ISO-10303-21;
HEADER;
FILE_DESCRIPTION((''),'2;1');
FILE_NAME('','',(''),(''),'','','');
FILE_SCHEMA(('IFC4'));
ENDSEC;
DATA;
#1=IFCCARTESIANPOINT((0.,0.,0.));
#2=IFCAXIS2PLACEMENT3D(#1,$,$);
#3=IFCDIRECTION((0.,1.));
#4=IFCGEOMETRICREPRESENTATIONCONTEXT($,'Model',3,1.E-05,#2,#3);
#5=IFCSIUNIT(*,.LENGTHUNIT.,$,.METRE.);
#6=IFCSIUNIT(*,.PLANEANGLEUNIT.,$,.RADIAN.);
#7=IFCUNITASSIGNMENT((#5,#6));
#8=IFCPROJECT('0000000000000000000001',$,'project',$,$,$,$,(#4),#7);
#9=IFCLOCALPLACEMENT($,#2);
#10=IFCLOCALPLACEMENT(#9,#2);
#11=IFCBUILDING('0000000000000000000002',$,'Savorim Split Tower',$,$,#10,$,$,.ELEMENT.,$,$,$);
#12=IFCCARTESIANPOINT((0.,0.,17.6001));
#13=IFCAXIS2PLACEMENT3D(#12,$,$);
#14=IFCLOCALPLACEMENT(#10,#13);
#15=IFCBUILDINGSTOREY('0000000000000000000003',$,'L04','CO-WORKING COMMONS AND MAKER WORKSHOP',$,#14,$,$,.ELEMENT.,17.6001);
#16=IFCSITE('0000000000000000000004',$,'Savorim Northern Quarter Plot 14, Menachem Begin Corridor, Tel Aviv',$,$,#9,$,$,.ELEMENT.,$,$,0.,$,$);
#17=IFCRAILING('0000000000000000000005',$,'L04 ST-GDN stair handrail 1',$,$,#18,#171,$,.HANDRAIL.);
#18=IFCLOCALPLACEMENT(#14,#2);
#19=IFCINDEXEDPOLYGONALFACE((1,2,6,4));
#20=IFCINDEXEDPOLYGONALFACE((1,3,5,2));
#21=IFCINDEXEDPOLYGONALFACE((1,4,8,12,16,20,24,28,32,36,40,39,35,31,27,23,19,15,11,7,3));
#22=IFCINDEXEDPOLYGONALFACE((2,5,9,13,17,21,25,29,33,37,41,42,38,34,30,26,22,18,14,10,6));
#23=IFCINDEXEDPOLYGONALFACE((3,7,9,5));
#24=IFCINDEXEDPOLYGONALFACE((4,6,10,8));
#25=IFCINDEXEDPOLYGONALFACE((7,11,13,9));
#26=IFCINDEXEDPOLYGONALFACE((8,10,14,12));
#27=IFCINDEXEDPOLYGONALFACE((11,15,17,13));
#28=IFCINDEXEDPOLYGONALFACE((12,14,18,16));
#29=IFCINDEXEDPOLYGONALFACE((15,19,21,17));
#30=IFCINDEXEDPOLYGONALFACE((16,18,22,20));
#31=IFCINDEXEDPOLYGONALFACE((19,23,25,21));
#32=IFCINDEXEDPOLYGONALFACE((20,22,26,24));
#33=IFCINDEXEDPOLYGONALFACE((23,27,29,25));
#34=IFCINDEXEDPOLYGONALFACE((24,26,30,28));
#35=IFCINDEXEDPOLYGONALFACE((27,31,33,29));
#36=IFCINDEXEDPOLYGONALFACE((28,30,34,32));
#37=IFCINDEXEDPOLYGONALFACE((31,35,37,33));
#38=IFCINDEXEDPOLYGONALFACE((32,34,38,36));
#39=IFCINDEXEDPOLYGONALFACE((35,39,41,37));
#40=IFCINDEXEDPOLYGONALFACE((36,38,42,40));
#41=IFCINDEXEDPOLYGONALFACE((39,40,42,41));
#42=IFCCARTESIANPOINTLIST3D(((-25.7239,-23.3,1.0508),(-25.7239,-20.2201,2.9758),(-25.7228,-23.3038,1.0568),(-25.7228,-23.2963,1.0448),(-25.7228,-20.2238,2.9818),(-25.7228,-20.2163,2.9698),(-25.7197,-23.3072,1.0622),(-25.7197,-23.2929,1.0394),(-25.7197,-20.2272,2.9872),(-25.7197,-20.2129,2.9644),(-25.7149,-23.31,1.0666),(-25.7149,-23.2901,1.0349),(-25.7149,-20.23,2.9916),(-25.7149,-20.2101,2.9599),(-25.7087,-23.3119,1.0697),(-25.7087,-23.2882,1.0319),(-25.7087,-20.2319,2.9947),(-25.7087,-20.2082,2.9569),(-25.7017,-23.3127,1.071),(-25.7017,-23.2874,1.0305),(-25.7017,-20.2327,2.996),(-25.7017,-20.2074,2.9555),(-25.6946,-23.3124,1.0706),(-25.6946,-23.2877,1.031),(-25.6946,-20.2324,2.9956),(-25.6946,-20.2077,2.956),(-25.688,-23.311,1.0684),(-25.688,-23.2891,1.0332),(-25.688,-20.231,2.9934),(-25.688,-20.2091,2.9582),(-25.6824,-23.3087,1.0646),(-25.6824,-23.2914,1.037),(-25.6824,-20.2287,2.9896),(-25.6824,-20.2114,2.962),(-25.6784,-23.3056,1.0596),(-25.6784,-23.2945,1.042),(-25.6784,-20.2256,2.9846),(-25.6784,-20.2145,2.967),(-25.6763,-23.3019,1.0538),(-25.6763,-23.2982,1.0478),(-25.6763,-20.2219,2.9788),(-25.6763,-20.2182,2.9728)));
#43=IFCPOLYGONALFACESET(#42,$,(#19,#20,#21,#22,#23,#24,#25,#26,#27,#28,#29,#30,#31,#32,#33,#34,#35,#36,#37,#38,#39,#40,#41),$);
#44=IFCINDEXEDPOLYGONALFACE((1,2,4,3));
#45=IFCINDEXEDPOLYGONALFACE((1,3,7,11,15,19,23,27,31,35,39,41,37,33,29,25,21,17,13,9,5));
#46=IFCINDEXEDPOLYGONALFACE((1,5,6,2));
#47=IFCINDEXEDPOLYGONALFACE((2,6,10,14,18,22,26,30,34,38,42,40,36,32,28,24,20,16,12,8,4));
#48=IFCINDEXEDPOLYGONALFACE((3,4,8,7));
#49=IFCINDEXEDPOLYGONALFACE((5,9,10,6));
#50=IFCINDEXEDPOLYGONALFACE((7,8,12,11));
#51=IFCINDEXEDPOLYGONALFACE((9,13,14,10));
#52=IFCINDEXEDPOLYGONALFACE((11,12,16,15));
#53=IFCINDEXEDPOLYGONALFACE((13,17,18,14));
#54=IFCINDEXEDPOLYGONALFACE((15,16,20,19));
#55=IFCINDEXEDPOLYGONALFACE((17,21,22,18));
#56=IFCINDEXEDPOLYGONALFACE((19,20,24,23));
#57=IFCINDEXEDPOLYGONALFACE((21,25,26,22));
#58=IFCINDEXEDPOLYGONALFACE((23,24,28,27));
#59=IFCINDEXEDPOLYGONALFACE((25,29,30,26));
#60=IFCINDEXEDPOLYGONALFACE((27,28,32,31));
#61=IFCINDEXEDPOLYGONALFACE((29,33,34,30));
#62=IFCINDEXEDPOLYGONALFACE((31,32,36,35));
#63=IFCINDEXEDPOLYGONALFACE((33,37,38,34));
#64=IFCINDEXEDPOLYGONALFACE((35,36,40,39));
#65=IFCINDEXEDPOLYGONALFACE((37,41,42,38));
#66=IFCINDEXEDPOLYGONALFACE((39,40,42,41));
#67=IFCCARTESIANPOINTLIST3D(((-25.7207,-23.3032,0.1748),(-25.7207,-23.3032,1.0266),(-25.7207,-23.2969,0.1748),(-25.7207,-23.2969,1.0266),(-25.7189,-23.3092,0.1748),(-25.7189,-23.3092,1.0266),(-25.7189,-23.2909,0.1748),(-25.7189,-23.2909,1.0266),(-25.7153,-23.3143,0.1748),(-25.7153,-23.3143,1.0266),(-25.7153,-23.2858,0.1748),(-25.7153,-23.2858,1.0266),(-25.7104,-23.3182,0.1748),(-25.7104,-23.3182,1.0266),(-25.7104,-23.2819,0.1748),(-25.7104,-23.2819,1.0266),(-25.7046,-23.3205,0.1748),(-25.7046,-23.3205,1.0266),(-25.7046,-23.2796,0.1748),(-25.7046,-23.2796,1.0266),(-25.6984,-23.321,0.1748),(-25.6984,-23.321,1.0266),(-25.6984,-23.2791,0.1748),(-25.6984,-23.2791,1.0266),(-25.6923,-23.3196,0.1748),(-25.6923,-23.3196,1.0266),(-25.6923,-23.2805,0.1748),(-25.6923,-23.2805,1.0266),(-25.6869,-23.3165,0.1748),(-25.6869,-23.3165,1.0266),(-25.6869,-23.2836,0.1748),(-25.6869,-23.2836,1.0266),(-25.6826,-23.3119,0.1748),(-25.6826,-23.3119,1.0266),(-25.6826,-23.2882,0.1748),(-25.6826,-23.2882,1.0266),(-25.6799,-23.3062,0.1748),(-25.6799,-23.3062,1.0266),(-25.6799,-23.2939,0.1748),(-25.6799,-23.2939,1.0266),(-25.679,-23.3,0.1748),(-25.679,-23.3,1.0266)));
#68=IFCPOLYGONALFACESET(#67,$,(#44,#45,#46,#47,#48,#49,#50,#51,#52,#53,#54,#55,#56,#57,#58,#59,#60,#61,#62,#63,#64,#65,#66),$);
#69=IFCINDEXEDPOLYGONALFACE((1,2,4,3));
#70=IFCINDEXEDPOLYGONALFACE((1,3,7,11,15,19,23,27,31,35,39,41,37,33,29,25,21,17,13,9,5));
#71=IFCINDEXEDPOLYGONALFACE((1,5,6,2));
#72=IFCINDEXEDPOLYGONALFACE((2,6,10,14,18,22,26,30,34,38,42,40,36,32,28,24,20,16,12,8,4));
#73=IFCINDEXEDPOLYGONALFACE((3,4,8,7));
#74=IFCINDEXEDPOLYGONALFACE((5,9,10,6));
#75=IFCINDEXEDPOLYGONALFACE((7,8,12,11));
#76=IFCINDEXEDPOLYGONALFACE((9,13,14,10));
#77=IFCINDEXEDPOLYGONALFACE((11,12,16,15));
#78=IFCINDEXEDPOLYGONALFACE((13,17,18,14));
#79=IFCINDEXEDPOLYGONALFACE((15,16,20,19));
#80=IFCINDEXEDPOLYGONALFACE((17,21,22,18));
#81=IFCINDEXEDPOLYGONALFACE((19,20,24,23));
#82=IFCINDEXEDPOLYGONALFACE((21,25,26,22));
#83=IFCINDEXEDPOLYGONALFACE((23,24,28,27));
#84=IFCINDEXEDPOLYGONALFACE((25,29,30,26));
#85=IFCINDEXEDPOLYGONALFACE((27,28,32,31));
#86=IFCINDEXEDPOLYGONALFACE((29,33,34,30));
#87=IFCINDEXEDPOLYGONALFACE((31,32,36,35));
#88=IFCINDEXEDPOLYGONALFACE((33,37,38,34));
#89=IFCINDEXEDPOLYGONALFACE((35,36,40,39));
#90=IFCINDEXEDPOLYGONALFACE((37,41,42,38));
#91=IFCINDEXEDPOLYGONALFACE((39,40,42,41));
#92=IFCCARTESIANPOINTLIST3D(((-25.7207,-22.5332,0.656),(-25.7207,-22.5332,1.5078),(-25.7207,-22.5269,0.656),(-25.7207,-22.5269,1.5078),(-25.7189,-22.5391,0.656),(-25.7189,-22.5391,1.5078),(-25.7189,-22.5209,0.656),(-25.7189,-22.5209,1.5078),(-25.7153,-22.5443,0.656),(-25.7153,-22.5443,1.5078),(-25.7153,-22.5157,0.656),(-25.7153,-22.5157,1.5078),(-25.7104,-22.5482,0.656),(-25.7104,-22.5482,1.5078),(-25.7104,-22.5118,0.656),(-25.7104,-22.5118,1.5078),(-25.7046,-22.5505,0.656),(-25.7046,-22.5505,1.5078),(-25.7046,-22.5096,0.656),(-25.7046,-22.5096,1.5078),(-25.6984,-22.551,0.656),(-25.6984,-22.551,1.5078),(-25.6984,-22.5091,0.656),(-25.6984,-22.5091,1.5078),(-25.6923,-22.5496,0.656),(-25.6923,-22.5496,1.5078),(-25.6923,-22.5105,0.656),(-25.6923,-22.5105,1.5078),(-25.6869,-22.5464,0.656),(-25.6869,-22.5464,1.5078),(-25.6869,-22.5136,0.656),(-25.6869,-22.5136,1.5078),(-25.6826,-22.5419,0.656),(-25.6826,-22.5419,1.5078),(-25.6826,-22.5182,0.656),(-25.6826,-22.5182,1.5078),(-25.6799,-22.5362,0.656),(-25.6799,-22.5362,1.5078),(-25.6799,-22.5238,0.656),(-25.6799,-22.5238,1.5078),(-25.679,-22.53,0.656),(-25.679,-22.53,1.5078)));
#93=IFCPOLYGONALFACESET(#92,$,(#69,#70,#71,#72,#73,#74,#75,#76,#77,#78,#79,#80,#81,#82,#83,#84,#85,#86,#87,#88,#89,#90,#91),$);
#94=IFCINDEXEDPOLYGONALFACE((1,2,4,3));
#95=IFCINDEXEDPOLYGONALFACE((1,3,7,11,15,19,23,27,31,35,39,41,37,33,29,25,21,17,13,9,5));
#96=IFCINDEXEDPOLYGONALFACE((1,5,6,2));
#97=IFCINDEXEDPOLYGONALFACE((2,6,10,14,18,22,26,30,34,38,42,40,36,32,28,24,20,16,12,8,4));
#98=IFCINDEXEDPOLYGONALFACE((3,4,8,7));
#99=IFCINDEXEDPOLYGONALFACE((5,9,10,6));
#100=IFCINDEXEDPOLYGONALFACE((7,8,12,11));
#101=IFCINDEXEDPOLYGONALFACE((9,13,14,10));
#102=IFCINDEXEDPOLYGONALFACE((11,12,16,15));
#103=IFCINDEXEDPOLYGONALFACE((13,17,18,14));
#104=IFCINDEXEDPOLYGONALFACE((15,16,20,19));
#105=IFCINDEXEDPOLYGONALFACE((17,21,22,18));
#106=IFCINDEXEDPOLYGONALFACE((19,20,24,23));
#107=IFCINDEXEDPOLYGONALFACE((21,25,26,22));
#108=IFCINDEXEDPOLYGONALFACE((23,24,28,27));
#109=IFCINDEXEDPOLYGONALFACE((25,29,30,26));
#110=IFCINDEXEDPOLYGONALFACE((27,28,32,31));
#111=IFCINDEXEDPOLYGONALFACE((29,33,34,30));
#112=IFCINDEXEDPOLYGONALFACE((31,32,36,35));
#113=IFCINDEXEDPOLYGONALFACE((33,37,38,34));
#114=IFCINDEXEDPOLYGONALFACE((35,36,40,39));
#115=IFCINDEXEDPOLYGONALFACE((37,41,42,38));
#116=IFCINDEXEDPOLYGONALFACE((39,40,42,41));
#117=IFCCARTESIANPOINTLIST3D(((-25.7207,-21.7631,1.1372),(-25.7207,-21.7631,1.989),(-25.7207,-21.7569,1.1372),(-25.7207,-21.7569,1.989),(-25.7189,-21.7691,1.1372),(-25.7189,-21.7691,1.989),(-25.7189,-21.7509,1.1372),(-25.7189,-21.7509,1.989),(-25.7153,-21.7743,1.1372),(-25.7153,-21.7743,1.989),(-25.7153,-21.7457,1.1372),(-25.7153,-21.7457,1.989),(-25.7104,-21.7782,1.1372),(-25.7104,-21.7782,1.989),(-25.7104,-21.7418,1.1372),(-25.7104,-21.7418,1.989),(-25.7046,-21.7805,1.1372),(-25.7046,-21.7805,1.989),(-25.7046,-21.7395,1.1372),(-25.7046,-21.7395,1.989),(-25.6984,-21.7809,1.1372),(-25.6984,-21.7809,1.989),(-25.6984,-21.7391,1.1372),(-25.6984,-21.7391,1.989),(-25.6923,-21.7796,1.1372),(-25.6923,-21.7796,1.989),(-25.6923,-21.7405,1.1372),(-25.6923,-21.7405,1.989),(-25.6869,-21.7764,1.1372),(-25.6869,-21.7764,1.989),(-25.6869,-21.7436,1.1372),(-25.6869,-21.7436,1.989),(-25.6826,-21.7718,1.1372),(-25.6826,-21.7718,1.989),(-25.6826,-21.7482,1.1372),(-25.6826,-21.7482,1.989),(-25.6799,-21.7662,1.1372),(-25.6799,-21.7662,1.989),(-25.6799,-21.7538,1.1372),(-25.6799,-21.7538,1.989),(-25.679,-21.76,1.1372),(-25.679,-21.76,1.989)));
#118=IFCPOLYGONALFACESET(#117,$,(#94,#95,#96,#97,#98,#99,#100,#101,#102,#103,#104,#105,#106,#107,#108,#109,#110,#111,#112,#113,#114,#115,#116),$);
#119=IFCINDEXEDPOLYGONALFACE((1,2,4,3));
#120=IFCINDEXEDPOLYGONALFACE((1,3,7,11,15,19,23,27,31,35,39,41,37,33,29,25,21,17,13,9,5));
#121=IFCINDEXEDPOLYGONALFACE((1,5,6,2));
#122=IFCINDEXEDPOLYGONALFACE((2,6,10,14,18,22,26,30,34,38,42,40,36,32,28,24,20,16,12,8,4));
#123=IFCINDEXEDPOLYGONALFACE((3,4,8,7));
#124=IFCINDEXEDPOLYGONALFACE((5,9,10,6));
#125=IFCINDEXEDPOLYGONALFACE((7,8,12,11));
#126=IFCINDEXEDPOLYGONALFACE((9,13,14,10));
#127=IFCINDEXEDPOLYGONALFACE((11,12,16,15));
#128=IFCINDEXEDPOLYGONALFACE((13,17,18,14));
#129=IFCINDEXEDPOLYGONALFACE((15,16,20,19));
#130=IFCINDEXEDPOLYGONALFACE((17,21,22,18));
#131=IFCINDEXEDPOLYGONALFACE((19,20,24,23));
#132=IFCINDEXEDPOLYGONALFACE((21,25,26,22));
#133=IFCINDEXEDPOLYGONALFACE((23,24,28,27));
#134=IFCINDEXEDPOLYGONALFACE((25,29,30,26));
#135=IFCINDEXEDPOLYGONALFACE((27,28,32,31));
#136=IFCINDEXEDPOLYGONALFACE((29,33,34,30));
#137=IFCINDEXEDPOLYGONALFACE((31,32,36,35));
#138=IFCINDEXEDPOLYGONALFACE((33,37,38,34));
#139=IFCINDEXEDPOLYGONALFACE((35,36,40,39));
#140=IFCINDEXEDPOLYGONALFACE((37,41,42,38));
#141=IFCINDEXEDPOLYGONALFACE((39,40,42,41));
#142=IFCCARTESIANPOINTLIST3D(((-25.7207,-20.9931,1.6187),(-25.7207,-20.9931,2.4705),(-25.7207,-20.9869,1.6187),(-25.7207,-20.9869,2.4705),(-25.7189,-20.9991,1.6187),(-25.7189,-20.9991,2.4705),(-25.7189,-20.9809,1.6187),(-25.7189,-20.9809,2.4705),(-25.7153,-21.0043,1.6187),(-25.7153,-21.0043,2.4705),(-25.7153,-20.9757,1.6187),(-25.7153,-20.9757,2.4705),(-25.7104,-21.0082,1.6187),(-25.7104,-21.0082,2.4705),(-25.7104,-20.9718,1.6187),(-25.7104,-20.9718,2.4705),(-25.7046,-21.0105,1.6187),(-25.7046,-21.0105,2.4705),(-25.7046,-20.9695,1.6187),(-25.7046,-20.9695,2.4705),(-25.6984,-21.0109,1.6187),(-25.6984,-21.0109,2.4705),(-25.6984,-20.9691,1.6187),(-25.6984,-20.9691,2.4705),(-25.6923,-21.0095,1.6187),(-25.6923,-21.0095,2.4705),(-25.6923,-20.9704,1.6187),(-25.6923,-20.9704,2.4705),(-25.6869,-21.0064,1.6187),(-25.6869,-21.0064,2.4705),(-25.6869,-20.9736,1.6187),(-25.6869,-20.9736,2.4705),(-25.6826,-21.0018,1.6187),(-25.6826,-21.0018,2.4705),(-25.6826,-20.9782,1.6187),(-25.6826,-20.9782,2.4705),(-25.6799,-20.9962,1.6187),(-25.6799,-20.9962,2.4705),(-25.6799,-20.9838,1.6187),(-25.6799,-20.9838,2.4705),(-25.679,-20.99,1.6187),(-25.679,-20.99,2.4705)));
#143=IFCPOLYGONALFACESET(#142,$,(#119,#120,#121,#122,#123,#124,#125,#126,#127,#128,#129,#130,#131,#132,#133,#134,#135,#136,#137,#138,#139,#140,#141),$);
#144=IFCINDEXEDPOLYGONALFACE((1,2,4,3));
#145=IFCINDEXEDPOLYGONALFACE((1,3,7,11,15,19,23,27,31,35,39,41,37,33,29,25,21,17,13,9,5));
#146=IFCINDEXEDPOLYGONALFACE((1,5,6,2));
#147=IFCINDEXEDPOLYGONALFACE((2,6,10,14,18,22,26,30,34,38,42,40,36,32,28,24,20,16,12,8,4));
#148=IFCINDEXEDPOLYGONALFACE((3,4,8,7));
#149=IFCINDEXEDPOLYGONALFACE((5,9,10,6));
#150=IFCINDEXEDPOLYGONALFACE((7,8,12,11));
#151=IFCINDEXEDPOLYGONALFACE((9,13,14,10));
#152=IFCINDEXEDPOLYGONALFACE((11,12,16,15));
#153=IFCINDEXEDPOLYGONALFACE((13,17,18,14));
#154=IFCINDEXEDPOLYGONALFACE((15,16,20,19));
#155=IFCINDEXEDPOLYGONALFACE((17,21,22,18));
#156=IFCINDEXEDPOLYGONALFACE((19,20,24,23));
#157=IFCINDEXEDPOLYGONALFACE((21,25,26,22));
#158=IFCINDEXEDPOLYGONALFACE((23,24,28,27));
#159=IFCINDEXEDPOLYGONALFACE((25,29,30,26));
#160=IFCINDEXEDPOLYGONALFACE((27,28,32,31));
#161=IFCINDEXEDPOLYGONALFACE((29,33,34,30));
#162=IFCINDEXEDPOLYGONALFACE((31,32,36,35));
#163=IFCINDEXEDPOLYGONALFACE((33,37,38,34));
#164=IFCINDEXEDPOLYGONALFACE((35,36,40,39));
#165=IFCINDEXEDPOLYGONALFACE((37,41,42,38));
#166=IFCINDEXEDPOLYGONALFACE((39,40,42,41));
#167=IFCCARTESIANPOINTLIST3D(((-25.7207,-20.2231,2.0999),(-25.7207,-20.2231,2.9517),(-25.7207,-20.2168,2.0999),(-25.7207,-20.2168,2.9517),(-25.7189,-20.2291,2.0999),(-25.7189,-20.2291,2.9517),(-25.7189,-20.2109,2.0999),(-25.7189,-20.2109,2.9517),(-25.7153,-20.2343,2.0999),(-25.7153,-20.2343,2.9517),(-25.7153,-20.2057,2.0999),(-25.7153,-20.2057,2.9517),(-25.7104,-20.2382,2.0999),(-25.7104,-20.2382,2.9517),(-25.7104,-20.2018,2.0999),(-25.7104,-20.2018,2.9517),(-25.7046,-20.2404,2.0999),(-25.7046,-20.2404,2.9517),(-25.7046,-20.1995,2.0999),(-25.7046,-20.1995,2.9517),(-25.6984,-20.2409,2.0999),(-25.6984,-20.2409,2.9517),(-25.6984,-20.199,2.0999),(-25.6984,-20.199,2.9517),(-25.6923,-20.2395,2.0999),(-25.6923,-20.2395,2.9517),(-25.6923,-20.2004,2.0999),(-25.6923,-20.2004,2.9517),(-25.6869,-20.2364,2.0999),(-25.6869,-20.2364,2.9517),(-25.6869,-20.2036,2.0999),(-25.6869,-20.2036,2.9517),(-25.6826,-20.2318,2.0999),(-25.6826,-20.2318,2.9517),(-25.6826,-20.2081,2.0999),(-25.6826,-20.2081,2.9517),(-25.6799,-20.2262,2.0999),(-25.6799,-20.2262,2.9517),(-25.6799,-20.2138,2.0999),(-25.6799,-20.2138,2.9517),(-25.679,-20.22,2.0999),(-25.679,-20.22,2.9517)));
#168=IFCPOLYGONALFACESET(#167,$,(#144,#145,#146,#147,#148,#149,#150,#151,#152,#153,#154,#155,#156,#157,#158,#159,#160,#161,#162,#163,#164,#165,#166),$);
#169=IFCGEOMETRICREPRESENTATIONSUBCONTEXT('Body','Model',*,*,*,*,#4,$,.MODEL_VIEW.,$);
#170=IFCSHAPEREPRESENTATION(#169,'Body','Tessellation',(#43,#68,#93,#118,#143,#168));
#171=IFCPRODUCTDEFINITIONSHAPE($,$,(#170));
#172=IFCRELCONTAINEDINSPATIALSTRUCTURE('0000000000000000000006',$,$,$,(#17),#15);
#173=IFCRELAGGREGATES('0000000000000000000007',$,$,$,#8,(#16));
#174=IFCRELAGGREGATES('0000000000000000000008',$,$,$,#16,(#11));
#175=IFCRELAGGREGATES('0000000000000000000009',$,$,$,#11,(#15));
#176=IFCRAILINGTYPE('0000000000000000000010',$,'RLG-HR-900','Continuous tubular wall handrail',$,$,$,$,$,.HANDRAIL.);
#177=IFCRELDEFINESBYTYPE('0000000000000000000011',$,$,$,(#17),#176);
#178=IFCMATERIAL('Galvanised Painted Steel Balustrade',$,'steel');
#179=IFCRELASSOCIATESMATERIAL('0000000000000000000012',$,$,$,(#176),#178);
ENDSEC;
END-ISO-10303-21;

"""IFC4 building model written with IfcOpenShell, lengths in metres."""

from ifc_helpers import new_model, si_unit, direction, frame, origin, origin_2d, place, context, subcontext, project, spatial, circle, extrude, material, type_object, element, save


model = new_model("IFC4")

# Units and contexts
model_context = context("Model", 3, precision=1e-05, world=origin(), true_north=direction((0.0, 1.0)))
body_context = subcontext(model_context, "Body", "Model", "MODEL_VIEW")
ifc_project = project(units=[si_unit("LENGTHUNIT", "METRE"), si_unit("PLANEANGLEUNIT", "RADIAN")], contexts=[model_context])

# Site, building, storey
site_placement = place(None, origin())
site = spatial("IfcSite", under=ifc_project, at=site_placement, Name="Savorim Northern Quarter Plot 14, Menachem Begin Corridor, Tel Aviv", CompositionType="ELEMENT", RefElevation=0.0)
building_placement = place(site_placement, origin())
building = spatial("IfcBuilding", under=site, at=building_placement, Name="Savorim Split Tower", CompositionType="ELEMENT")
storey_placement = place(building_placement, frame((0.0, 0.0, 17.6001)))
storey = spatial("IfcBuildingStorey", under=building, at=storey_placement, Name="L04", Description="CO-WORKING COMMONS AND MAKER WORKSHOP", CompositionType="ELEMENT", Elevation=17.6001)

# Railing
ifc_material_1 = material(Name="Galvanised Painted Steel Balustrade", Category="steel")
railing_type_1 = type_object("IfcRailingType", Name="RLG-HR-900", Description="Continuous tubular wall handrail", PredefinedType="HANDRAIL", material=ifc_material_1)
railing_1_placement = place(storey_placement, frame((-25.7, -23.3, 0.1748)))
element("IfcRailing", 1, at=railing_1_placement, inside=storey, type_object=railing_type_1, Name="L04 ST-GDN stair handrail 1", PredefinedType="HANDRAIL", context=body_context, shape_type="SweptSolid", body=[
    extrude(circle(Radius=0.0239, at=origin_2d()), frame((0.0, 0.0, 0.876), z_axis=(0.0, 0.847998, 0.529999), x_axis=(-1.0, 0.0, 0.0)), (0.0, 0.0, 1.0), 3.6321),
    extrude(circle(Radius=0.021, at=origin_2d()), origin(), (0.0, 0.0, 1.0), 0.8518),
    extrude(circle(Radius=0.021, at=origin_2d()), frame((0.0, 0.77, 0.4812)), (0.0, 0.0, 1.0), 0.8518),
    extrude(circle(Radius=0.021, at=origin_2d()), frame((0.0, 1.54, 0.9624)), (0.0, 0.0, 1.0), 0.8518),
    extrude(circle(Radius=0.021, at=origin_2d()), frame((0.0, 2.3101, 1.4438)), (0.0, 0.0, 1.0), 0.8518),
    extrude(circle(Radius=0.021, at=origin_2d()), frame((0.0, 3.0801, 1.925)), (0.0, 0.0, 1.0), 0.8518),
])

save(model, "model.ifc")
